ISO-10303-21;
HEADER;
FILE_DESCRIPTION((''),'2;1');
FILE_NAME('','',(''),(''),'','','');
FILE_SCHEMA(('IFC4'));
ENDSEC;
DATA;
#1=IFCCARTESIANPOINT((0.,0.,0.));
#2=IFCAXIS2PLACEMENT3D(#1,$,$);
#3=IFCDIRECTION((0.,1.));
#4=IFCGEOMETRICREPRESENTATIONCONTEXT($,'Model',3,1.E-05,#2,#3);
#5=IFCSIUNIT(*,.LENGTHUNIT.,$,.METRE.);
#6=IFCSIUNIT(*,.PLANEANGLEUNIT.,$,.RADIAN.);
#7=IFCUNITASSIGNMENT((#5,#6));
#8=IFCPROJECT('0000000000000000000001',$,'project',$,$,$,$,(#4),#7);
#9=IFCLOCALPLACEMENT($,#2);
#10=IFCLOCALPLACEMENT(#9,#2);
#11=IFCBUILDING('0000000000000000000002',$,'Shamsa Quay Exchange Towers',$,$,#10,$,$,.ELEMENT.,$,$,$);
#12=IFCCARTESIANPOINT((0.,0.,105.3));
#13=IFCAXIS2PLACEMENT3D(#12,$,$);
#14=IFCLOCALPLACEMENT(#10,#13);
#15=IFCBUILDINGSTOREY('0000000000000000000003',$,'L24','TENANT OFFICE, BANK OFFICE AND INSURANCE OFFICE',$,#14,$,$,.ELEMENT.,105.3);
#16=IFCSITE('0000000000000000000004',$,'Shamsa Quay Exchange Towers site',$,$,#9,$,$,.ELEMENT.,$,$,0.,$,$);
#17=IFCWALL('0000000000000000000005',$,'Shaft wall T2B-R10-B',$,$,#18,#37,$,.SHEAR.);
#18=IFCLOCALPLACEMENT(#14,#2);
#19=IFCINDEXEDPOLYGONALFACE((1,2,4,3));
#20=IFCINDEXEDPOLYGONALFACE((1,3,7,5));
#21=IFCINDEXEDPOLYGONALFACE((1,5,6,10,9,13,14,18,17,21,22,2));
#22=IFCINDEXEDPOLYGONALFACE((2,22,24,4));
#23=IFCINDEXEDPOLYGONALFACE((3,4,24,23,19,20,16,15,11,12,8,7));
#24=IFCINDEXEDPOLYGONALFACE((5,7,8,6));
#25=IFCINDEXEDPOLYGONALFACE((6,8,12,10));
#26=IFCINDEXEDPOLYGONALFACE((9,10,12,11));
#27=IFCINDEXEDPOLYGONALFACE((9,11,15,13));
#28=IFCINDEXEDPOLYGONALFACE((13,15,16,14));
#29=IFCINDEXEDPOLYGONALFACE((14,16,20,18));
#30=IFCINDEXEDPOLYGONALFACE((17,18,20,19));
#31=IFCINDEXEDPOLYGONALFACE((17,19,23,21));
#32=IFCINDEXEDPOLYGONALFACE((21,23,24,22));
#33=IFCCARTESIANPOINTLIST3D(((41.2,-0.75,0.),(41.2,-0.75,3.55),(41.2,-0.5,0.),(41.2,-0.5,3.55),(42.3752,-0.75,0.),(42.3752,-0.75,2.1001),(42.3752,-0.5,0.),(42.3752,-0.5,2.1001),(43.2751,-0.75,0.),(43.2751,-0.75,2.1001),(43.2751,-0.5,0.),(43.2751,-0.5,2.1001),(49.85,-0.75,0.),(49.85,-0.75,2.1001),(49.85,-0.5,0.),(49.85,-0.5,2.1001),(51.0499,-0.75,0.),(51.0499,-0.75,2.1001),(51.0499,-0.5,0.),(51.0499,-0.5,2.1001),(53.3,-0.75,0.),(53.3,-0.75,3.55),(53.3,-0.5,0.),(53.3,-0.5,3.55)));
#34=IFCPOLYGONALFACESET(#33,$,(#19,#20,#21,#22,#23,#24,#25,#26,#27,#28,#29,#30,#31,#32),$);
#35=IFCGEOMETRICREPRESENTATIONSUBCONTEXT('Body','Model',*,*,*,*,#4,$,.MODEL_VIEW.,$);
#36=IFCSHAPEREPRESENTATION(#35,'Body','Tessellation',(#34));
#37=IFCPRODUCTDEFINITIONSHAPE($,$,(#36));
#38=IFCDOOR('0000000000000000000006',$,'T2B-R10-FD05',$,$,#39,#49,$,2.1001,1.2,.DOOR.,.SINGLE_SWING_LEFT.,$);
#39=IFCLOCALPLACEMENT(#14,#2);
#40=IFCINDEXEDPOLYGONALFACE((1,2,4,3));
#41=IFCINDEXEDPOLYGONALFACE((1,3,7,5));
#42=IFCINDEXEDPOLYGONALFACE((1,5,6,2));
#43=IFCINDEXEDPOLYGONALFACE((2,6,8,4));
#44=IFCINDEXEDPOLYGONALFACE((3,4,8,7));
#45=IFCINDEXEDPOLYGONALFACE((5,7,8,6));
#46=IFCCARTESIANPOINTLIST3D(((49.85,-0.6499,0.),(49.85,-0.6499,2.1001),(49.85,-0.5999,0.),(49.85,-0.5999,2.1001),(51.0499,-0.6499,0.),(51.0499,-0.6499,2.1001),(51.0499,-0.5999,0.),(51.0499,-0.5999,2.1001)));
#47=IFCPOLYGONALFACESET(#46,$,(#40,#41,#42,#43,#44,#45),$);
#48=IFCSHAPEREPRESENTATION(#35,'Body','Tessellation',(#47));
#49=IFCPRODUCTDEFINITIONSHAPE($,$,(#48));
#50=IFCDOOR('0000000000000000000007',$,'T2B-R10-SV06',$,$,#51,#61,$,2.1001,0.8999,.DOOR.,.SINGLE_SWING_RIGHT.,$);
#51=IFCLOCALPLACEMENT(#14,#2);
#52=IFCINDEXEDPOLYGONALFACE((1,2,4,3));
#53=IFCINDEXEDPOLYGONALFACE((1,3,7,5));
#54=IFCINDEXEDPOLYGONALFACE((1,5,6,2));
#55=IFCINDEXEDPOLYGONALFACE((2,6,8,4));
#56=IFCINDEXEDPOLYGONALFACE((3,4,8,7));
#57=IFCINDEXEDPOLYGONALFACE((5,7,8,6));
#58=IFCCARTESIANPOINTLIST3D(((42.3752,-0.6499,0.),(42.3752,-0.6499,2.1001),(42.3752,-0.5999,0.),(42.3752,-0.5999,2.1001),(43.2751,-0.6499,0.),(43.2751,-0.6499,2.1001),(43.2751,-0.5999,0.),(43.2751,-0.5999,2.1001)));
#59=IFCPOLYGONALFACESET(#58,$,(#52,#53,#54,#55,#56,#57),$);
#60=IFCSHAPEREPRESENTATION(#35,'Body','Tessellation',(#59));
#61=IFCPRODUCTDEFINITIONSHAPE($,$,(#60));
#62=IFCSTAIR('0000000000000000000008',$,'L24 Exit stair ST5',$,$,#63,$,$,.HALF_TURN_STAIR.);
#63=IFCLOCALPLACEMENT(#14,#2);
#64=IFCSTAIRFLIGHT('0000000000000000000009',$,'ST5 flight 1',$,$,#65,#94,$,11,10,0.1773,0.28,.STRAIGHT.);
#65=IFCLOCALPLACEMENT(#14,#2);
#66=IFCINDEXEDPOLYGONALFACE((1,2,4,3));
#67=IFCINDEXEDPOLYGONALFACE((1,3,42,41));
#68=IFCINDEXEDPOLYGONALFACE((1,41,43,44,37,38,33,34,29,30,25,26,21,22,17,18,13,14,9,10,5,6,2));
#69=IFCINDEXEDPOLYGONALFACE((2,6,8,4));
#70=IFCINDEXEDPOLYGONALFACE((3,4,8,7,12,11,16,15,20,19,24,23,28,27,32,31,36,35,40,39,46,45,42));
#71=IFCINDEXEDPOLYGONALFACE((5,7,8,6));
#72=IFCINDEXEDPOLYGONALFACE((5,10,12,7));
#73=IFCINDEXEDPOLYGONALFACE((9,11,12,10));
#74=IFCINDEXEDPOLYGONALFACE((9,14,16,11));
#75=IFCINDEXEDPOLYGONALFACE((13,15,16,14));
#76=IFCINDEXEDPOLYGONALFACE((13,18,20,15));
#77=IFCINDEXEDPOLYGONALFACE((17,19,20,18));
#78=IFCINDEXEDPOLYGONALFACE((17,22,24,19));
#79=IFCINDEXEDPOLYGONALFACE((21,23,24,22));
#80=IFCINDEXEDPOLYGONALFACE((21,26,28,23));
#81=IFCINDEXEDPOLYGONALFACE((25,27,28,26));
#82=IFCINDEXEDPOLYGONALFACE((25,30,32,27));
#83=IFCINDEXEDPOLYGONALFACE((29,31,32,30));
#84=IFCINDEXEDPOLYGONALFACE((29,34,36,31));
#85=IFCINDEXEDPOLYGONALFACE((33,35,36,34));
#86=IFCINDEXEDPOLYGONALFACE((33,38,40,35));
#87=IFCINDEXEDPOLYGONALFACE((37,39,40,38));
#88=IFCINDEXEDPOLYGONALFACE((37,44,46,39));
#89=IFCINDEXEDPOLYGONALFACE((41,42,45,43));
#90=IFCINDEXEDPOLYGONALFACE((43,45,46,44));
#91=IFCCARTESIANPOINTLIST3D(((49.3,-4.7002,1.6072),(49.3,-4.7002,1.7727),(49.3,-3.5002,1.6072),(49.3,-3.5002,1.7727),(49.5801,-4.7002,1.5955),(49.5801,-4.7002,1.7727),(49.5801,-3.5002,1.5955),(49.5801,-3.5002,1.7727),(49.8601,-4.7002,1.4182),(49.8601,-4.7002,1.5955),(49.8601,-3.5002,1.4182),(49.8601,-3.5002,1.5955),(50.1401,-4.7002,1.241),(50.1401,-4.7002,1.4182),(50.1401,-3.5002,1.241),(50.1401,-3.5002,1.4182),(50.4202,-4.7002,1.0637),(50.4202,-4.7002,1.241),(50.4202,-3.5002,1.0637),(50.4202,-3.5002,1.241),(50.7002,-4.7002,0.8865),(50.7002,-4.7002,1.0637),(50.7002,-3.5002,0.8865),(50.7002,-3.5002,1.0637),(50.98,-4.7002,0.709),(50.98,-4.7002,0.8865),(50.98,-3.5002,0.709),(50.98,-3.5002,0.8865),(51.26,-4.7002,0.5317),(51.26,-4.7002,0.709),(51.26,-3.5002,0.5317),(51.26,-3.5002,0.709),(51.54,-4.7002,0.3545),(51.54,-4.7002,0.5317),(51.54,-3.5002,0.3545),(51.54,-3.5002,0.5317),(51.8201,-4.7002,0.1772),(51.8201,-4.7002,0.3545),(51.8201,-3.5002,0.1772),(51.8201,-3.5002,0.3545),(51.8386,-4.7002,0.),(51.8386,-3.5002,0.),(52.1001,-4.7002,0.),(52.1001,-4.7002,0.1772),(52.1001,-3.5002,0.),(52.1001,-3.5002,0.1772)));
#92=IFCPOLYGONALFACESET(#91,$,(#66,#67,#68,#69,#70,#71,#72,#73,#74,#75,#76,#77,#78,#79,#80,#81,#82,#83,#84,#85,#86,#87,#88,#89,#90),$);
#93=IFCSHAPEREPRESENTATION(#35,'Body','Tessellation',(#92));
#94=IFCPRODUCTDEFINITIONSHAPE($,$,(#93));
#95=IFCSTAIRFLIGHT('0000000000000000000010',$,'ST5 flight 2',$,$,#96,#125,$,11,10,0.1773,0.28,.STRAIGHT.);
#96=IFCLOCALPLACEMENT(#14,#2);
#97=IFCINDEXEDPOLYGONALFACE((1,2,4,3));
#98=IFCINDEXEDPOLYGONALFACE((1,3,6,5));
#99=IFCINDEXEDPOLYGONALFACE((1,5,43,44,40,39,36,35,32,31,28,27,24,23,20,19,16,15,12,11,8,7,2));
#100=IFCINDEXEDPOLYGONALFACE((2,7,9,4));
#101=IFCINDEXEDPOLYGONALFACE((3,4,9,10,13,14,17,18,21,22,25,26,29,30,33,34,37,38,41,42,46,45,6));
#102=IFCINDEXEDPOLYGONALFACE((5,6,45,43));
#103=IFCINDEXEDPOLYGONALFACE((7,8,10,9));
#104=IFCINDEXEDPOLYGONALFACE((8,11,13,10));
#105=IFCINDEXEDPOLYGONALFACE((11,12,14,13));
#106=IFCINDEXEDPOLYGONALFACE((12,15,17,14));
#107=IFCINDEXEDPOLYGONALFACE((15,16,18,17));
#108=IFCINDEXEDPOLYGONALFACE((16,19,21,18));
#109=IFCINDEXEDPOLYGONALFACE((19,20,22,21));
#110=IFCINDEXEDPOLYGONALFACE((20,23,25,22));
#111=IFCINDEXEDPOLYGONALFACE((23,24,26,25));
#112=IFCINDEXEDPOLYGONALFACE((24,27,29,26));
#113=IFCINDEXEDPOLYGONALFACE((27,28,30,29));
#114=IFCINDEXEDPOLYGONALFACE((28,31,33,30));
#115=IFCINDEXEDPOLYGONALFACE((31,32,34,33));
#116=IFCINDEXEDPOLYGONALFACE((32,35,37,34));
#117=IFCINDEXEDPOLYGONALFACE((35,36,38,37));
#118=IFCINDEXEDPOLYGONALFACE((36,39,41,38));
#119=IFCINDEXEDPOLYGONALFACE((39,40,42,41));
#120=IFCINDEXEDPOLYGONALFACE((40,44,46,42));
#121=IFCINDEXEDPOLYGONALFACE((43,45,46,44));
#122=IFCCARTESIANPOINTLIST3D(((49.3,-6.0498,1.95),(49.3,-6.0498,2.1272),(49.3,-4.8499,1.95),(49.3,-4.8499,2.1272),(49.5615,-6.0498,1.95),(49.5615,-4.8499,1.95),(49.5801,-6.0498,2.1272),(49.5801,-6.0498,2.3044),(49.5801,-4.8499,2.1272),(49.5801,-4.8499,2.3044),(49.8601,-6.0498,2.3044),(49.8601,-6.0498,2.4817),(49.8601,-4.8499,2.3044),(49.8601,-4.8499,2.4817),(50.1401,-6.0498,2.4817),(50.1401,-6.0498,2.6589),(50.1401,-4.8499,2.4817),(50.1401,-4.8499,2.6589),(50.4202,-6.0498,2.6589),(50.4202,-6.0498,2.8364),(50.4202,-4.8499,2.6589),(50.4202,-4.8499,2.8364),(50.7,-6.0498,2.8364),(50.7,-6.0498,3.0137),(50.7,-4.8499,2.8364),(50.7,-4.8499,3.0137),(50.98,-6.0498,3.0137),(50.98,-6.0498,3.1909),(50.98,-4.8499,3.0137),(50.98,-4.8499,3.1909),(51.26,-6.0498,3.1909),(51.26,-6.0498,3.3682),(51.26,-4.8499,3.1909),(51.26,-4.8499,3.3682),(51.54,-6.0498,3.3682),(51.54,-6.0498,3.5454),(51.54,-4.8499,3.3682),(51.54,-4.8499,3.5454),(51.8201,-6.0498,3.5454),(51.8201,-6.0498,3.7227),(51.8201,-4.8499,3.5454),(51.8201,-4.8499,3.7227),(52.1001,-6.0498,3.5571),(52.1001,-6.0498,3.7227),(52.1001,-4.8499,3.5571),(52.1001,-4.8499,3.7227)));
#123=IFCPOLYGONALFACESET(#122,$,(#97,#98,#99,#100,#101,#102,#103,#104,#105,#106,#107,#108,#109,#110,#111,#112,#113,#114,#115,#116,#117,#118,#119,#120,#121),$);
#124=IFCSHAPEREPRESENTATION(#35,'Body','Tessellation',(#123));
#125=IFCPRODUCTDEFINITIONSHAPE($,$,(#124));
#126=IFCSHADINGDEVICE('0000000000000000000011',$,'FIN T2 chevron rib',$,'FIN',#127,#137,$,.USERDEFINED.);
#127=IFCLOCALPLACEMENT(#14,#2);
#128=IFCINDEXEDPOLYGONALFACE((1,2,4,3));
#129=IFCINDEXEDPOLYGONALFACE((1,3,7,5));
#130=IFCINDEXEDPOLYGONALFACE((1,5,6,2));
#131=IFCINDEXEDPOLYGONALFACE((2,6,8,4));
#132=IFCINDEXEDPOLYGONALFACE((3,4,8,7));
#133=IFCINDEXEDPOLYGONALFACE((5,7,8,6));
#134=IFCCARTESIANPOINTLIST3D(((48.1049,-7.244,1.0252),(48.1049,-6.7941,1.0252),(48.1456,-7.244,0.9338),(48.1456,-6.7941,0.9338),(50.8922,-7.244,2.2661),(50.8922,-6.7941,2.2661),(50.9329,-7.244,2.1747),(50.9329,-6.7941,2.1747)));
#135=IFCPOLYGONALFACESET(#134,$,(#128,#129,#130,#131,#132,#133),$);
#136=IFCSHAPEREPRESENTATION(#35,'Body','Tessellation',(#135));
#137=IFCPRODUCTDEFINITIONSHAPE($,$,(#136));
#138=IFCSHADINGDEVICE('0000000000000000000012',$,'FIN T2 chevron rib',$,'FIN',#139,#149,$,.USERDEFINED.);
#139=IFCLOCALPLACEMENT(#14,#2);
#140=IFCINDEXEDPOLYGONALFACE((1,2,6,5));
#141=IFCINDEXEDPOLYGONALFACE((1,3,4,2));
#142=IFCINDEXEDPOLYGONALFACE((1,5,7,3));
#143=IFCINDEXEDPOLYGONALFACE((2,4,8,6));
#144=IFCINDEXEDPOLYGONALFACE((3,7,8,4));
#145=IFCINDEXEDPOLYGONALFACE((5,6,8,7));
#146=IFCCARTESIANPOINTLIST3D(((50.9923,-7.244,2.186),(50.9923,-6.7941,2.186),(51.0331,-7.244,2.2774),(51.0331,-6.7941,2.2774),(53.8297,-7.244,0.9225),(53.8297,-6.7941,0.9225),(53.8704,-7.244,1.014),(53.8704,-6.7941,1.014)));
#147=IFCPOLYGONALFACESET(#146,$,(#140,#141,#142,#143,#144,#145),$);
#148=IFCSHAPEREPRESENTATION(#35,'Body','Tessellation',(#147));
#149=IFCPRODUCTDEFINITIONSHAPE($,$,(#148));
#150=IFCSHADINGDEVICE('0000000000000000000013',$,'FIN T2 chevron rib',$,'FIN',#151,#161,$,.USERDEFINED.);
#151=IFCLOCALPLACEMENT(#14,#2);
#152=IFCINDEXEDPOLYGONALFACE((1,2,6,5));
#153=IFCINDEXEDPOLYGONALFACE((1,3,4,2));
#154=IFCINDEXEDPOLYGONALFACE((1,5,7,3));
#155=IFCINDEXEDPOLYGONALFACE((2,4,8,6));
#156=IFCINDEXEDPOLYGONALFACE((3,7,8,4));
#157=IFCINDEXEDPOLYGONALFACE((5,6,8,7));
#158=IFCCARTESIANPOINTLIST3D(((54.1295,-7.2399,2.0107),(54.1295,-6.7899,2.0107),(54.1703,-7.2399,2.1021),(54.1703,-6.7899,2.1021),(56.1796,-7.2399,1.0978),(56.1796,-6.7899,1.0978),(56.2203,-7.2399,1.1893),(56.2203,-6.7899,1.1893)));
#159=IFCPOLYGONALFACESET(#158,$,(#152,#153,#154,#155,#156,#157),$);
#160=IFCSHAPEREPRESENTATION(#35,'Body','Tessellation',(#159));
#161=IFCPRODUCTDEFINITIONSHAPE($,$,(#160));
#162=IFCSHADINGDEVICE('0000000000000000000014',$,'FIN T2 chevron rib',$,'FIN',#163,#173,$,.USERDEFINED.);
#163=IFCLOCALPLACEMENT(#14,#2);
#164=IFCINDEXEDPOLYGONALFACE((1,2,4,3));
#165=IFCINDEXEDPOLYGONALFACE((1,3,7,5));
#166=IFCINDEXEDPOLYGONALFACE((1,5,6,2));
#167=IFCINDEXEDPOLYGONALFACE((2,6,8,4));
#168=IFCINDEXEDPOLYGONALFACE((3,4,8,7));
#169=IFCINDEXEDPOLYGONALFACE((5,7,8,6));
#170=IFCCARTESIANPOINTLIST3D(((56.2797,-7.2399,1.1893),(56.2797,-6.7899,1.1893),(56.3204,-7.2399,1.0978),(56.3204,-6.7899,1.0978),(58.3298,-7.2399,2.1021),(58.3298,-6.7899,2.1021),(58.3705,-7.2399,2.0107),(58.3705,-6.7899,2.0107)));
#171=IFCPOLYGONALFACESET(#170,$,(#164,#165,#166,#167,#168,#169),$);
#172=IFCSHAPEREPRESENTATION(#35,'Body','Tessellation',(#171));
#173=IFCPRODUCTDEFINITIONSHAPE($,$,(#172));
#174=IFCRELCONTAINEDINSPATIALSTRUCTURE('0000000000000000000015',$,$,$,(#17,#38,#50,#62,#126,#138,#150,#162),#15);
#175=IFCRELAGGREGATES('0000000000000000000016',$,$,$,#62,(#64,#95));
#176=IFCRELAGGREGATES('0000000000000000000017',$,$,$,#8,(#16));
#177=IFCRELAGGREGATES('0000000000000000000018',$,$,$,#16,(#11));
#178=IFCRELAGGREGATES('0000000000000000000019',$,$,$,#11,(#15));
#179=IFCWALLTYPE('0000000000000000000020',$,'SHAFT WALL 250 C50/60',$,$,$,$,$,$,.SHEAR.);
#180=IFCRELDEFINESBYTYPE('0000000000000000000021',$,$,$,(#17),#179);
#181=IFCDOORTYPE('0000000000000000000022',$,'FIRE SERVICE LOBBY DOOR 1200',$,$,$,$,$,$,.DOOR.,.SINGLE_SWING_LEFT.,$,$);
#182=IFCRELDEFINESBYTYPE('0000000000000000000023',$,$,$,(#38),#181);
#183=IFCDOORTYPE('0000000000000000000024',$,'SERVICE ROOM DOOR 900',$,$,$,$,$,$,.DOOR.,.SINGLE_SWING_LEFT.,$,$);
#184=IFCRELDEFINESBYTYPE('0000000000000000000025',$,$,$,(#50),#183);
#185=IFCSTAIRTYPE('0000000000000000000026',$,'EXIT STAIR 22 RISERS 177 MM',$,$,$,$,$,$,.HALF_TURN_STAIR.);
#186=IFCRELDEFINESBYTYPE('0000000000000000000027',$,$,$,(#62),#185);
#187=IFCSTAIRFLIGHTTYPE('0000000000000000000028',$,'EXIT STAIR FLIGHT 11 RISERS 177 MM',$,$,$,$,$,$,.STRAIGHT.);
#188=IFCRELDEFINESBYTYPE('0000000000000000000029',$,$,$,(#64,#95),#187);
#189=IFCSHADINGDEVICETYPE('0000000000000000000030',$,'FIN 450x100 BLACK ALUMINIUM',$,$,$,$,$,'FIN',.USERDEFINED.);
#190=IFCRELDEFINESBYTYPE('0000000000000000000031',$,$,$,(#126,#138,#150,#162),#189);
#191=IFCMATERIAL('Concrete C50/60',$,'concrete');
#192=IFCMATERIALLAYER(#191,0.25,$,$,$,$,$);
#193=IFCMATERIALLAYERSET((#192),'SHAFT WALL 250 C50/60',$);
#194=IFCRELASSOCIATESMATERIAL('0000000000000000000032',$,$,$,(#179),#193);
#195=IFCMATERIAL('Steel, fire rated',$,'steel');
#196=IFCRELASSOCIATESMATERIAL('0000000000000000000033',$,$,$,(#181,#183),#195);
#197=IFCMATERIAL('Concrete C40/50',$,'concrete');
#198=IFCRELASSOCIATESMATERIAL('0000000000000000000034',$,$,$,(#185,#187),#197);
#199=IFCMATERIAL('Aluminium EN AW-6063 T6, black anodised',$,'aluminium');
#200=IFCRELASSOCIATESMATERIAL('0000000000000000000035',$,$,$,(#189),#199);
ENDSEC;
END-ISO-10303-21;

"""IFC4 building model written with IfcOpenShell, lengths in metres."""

from ifc_helpers import new_model, si_unit, direction, frame, frame_2d, origin, origin_2d, place, context, subcontext, project, spatial, polyline, rectangle, outline, extrude, material, layer, layer_set, material_profile, profile_set, type_object, element, fill, aggregate, save


model = new_model("IFC4")

# Units and contexts
model_context = context("Model", 3, precision=1e-05, world=origin(), true_north=direction((0.0, 1.0)))
body_context = subcontext(model_context, "Body", "Model", "MODEL_VIEW")
ifc_project = project(units=[si_unit("LENGTHUNIT", "METRE"), si_unit("PLANEANGLEUNIT", "RADIAN")], contexts=[model_context])

# Site, building, storey
site_placement = place(None, origin())
site = spatial("IfcSite", under=ifc_project, at=site_placement, Name="Shamsa Quay Exchange Towers site", CompositionType="ELEMENT", RefElevation=0.0)
building_placement = place(site_placement, origin())
building = spatial("IfcBuilding", under=site, at=building_placement, Name="Shamsa Quay Exchange Towers", CompositionType="ELEMENT")
storey_placement = place(building_placement, frame((0.0, 0.0, 105.3)))
storey = spatial("IfcBuildingStorey", under=building, at=storey_placement, Name="L24", Description="TENANT OFFICE, BANK OFFICE AND INSURANCE OFFICE", CompositionType="ELEMENT", Elevation=105.3)

# Shared definitions
ifc_material_1 = material(Name="Aluminium EN AW-6063 T6, black anodised", Category="aluminium")

# Shared definitions
ifc_material_2 = material(Name="Steel, fire rated", Category="steel")
ifc_material_3 = material(Name="Concrete C50/60", Category="concrete")
ifc_layer_1 = layer(ifc_material_3, 0.25)
ifc_layer_set_1 = layer_set([ifc_layer_1], Name="SHAFT WALL 250 C50/60")
wall_type_1 = type_object("IfcWallType", Name="SHAFT WALL 250 C50/60", PredefinedType="SHEAR", material=ifc_layer_set_1)

# Wall, openings, doors
wall_1_placement = place(storey_placement, frame((53.3, -0.625, 0.0), z_axis=(0.0, 0.0, 1.0), x_axis=(-1.0, 0.0, 0.0)))
wall_1 = element("IfcWall", 1, at=wall_1_placement, inside=storey, type_object=wall_type_1, Name="Shaft wall T2B-R10-B", PredefinedType="SHEAR", context=body_context, shape_type="SweptSolid", body=[
    extrude(rectangle(XDim=12.1001, YDim=0.25, at=frame_2d((6.05, 0.0))), origin(), (0.0, 0.0, 1.0), 3.55),
])
opening_1_placement = place(wall_1_placement, frame((2.25, 0.0, 0.0)))
opening_1 = element("IfcOpeningElement", 2, at=opening_1_placement, cuts=wall_1, PredefinedType="OPENING", context=body_context, shape_type="SweptSolid", body=[
    extrude(rectangle(XDim=1.2, YDim=2.1001, at=frame_2d((0.6001, 1.05))), frame((0.0, 0.135, 0.0), z_axis=(0.0, -1.0, 0.0), x_axis=(1.0, 0.0, 0.0)), (0.0, 0.0, 1.0), 0.27),
])
opening_2_placement = place(wall_1_placement, frame((10.0249, 0.0, 0.0)))
opening_2 = element("IfcOpeningElement", 3, at=opening_2_placement, cuts=wall_1, PredefinedType="OPENING", context=body_context, shape_type="SweptSolid", body=[
    extrude(rectangle(XDim=0.8999, YDim=2.1001, at=frame_2d((0.45, 1.05))), frame((0.0, 0.135, 0.0), z_axis=(0.0, -1.0, 0.0), x_axis=(1.0, 0.0, 0.0)), (0.0, 0.0, 1.0), 0.27),
])
door_type_1 = type_object("IfcDoorType", Name="FIRE SERVICE LOBBY DOOR 1200", OperationType="SINGLE_SWING_LEFT", PredefinedType="DOOR", material=ifc_material_2)
door_1_placement = place(opening_1_placement, origin())
door_1 = element("IfcDoor", 4, at=door_1_placement, inside=storey, type_object=door_type_1, Name="T2B-R10-FD05", OperationType="SINGLE_SWING_LEFT", OverallHeight=2.1001, OverallWidth=1.2, PredefinedType="DOOR", context=body_context, shape_type="SweptSolid", body=[
    extrude(rectangle(XDim=1.2, YDim=2.1001, at=frame_2d((0.6001, 1.05))), frame((0.0, 0.0249, 0.0), z_axis=(0.0, -1.0, 0.0), x_axis=(1.0, 0.0, 0.0)), (0.0, 0.0, 1.0), 0.05),
])
fill(opening_1, door_1)
door_type_2 = type_object("IfcDoorType", Name="SERVICE ROOM DOOR 900", OperationType="SINGLE_SWING_LEFT", PredefinedType="DOOR", material=ifc_material_2)
door_2_placement = place(opening_2_placement, origin())
door_2 = element("IfcDoor", 5, at=door_2_placement, inside=storey, type_object=door_type_2, Name="T2B-R10-SV06", OperationType="SINGLE_SWING_RIGHT", OverallHeight=2.1001, OverallWidth=0.8999, PredefinedType="DOOR", context=body_context, shape_type="SweptSolid", body=[
    extrude(rectangle(XDim=0.8999, YDim=2.1001, at=frame_2d((0.45, 1.05))), frame((0.0, 0.0249, 0.0), z_axis=(0.0, -1.0, 0.0), x_axis=(1.0, 0.0, 0.0)), (0.0, 0.0, 1.0), 0.05),
])
fill(opening_2, door_2)

# Stair, stair flights
ifc_material_4 = material(Name="Concrete C40/50", Category="concrete")
stair_type = type_object("IfcStairType", Name="EXIT STAIR 22 RISERS 177 MM", PredefinedType="HALF_TURN_STAIR", material=ifc_material_4)
stair_placement = place(storey_placement, origin())
stair = element("IfcStair", 6, at=stair_placement, inside=storey, type_object=stair_type, Name="L24 Exit stair ST5", PredefinedType="HALF_TURN_STAIR")
stair_flight_type = type_object("IfcStairFlightType", Name="EXIT STAIR FLIGHT 11 RISERS 177 MM", PredefinedType="STRAIGHT", material=ifc_material_4)
stair_flight_1_placement = place(storey_placement, frame((52.1001, -4.1001, 0.0), z_axis=(0.0, 0.0, 1.0), x_axis=(-1.0, 0.0, 0.0)))
stair_flight_1 = element("IfcStairFlight", 7, at=stair_flight_1_placement, type_object=stair_flight_type, Name="ST5 flight 1", NumberOfRisers=11, NumberOfTreads=10, PredefinedType="STRAIGHT", RiserHeight=0.1773, TreadLength=0.28, context=body_context, shape_type="SweptSolid", body=[
    extrude(outline(polyline([(0.0, 0.0), (0.0, 0.1772), (0.28, 0.1772), (0.28, 0.3545), (0.5601, 0.3545), (0.5601, 0.5317), (0.8401, 0.5317), (0.8401, 0.709), (1.1201, 0.709), (1.1201, 0.8865), (1.3999, 0.8865), (1.3999, 1.0637), (1.6799, 1.0637), (1.6799, 1.241), (1.96, 1.241), (1.96, 1.4182), (2.24, 1.4182), (2.24, 1.5955), (2.52, 1.5955), (2.52, 1.7727), (2.8, 1.7727), (2.8, 1.95), (2.8, 1.6072), (0.2615, 0.0), (0.0, 0.0)])), frame((0.0, 0.6001, 0.0), z_axis=(0.0, -1.0, 0.0), x_axis=(1.0, 0.0, 0.0)), (0.0, 0.0, 1.0), 1.2),
])
stair_flight_2_placement = place(storey_placement, frame((49.3, -5.45, 1.95)))
stair_flight_2 = element("IfcStairFlight", 8, at=stair_flight_2_placement, type_object=stair_flight_type, Name="ST5 flight 2", NumberOfRisers=11, NumberOfTreads=10, PredefinedType="STRAIGHT", RiserHeight=0.1773, TreadLength=0.28, context=body_context, shape_type="SweptSolid", body=[
    extrude(outline(polyline([(0.0, 0.0), (0.0, 0.1772), (0.28, 0.1772), (0.28, 0.3545), (0.5601, 0.3545), (0.5601, 0.5317), (0.8401, 0.5317), (0.8401, 0.709), (1.1201, 0.709), (1.1201, 0.8865), (1.3999, 0.8865), (1.3999, 1.0637), (1.6799, 1.0637), (1.6799, 1.241), (1.96, 1.241), (1.96, 1.4182), (2.24, 1.4182), (2.24, 1.5955), (2.52, 1.5955), (2.52, 1.7727), (2.8, 1.7727), (2.8, 1.95), (2.8, 1.6072), (0.2615, 0.0), (0.0, 0.0)])), frame((0.0, 0.6001, 0.0), z_axis=(0.0, -1.0, 0.0), x_axis=(1.0, 0.0, 0.0)), (0.0, 0.0, 1.0), 1.2),
])
aggregate(stair, [stair_flight_1, stair_flight_2])

# Shading devices
ifc_material_profile_1 = material_profile(ifc_material_1, rectangle(XDim=0.45, YDim=0.1001, at=origin_2d()), Name="FIN450x100")
ifc_profile_set_1 = profile_set([ifc_material_profile_1], Name="Aluminium EN AW-6063 T6, black anodised")
shading_device_type = type_object("IfcShadingDeviceType", Name="FIN 450x100 BLACK ALUMINIUM", ElementType="FIN", PredefinedType="USERDEFINED", material=ifc_profile_set_1)
shading_device_1_placement = place(storey_placement, frame((48.1252, -7.019, 0.9795), z_axis=(0.913551, 0.0, 0.406725), x_axis=(0.0, 1.0, 0.0)))
element("IfcShadingDevice", 9, at=shading_device_1_placement, inside=storey, type_object=shading_device_type, Name="FIN T2 chevron rib", ObjectType="FIN", PredefinedType="USERDEFINED", context=body_context, shape_type="SweptSolid", body=[
    extrude(rectangle(XDim=0.45, YDim=0.1001, at=origin_2d()), origin(), (0.0, 0.0, 1.0), 3.051),
])
shading_device_2_placement = place(storey_placement, frame((51.0127, -7.019, 2.2317), z_axis=(0.913529, 0.0, -0.406773), x_axis=(0.0, 1.0, 0.0)))
element("IfcShadingDevice", 10, at=shading_device_2_placement, inside=storey, type_object=shading_device_type, Name="FIN T2 chevron rib", ObjectType="FIN", PredefinedType="USERDEFINED", context=body_context, shape_type="SweptSolid", body=[
    extrude(rectangle(XDim=0.45, YDim=0.1001, at=origin_2d()), origin(), (0.0, 0.0, 1.0), 3.106),
])
for number, where, z_axis, x_axis, name in (
    (11, (54.1499, -7.0149, 2.0564), (0.913529, 0.0, -0.406774), (0.0, 1.0, 0.0), "FIN T2 chevron rib"),
    (12, (56.3, -7.0149, 1.1436), (0.913529, 0.0, 0.406774), (0.0, 1.0, 0.0), "FIN T2 chevron rib"),
):
    element("IfcShadingDevice", number, at=place(storey_placement, frame(where, z_axis=z_axis, x_axis=x_axis)), inside=storey, type_object=shading_device_type, Name=name, ObjectType="FIN", PredefinedType="USERDEFINED", context=body_context, shape_type="SweptSolid", body=[
        extrude(rectangle(XDim=0.45, YDim=0.1001, at=origin_2d()), origin(), (0.0, 0.0, 1.0), 2.2441),
    ])

save(model, "model.ifc")
